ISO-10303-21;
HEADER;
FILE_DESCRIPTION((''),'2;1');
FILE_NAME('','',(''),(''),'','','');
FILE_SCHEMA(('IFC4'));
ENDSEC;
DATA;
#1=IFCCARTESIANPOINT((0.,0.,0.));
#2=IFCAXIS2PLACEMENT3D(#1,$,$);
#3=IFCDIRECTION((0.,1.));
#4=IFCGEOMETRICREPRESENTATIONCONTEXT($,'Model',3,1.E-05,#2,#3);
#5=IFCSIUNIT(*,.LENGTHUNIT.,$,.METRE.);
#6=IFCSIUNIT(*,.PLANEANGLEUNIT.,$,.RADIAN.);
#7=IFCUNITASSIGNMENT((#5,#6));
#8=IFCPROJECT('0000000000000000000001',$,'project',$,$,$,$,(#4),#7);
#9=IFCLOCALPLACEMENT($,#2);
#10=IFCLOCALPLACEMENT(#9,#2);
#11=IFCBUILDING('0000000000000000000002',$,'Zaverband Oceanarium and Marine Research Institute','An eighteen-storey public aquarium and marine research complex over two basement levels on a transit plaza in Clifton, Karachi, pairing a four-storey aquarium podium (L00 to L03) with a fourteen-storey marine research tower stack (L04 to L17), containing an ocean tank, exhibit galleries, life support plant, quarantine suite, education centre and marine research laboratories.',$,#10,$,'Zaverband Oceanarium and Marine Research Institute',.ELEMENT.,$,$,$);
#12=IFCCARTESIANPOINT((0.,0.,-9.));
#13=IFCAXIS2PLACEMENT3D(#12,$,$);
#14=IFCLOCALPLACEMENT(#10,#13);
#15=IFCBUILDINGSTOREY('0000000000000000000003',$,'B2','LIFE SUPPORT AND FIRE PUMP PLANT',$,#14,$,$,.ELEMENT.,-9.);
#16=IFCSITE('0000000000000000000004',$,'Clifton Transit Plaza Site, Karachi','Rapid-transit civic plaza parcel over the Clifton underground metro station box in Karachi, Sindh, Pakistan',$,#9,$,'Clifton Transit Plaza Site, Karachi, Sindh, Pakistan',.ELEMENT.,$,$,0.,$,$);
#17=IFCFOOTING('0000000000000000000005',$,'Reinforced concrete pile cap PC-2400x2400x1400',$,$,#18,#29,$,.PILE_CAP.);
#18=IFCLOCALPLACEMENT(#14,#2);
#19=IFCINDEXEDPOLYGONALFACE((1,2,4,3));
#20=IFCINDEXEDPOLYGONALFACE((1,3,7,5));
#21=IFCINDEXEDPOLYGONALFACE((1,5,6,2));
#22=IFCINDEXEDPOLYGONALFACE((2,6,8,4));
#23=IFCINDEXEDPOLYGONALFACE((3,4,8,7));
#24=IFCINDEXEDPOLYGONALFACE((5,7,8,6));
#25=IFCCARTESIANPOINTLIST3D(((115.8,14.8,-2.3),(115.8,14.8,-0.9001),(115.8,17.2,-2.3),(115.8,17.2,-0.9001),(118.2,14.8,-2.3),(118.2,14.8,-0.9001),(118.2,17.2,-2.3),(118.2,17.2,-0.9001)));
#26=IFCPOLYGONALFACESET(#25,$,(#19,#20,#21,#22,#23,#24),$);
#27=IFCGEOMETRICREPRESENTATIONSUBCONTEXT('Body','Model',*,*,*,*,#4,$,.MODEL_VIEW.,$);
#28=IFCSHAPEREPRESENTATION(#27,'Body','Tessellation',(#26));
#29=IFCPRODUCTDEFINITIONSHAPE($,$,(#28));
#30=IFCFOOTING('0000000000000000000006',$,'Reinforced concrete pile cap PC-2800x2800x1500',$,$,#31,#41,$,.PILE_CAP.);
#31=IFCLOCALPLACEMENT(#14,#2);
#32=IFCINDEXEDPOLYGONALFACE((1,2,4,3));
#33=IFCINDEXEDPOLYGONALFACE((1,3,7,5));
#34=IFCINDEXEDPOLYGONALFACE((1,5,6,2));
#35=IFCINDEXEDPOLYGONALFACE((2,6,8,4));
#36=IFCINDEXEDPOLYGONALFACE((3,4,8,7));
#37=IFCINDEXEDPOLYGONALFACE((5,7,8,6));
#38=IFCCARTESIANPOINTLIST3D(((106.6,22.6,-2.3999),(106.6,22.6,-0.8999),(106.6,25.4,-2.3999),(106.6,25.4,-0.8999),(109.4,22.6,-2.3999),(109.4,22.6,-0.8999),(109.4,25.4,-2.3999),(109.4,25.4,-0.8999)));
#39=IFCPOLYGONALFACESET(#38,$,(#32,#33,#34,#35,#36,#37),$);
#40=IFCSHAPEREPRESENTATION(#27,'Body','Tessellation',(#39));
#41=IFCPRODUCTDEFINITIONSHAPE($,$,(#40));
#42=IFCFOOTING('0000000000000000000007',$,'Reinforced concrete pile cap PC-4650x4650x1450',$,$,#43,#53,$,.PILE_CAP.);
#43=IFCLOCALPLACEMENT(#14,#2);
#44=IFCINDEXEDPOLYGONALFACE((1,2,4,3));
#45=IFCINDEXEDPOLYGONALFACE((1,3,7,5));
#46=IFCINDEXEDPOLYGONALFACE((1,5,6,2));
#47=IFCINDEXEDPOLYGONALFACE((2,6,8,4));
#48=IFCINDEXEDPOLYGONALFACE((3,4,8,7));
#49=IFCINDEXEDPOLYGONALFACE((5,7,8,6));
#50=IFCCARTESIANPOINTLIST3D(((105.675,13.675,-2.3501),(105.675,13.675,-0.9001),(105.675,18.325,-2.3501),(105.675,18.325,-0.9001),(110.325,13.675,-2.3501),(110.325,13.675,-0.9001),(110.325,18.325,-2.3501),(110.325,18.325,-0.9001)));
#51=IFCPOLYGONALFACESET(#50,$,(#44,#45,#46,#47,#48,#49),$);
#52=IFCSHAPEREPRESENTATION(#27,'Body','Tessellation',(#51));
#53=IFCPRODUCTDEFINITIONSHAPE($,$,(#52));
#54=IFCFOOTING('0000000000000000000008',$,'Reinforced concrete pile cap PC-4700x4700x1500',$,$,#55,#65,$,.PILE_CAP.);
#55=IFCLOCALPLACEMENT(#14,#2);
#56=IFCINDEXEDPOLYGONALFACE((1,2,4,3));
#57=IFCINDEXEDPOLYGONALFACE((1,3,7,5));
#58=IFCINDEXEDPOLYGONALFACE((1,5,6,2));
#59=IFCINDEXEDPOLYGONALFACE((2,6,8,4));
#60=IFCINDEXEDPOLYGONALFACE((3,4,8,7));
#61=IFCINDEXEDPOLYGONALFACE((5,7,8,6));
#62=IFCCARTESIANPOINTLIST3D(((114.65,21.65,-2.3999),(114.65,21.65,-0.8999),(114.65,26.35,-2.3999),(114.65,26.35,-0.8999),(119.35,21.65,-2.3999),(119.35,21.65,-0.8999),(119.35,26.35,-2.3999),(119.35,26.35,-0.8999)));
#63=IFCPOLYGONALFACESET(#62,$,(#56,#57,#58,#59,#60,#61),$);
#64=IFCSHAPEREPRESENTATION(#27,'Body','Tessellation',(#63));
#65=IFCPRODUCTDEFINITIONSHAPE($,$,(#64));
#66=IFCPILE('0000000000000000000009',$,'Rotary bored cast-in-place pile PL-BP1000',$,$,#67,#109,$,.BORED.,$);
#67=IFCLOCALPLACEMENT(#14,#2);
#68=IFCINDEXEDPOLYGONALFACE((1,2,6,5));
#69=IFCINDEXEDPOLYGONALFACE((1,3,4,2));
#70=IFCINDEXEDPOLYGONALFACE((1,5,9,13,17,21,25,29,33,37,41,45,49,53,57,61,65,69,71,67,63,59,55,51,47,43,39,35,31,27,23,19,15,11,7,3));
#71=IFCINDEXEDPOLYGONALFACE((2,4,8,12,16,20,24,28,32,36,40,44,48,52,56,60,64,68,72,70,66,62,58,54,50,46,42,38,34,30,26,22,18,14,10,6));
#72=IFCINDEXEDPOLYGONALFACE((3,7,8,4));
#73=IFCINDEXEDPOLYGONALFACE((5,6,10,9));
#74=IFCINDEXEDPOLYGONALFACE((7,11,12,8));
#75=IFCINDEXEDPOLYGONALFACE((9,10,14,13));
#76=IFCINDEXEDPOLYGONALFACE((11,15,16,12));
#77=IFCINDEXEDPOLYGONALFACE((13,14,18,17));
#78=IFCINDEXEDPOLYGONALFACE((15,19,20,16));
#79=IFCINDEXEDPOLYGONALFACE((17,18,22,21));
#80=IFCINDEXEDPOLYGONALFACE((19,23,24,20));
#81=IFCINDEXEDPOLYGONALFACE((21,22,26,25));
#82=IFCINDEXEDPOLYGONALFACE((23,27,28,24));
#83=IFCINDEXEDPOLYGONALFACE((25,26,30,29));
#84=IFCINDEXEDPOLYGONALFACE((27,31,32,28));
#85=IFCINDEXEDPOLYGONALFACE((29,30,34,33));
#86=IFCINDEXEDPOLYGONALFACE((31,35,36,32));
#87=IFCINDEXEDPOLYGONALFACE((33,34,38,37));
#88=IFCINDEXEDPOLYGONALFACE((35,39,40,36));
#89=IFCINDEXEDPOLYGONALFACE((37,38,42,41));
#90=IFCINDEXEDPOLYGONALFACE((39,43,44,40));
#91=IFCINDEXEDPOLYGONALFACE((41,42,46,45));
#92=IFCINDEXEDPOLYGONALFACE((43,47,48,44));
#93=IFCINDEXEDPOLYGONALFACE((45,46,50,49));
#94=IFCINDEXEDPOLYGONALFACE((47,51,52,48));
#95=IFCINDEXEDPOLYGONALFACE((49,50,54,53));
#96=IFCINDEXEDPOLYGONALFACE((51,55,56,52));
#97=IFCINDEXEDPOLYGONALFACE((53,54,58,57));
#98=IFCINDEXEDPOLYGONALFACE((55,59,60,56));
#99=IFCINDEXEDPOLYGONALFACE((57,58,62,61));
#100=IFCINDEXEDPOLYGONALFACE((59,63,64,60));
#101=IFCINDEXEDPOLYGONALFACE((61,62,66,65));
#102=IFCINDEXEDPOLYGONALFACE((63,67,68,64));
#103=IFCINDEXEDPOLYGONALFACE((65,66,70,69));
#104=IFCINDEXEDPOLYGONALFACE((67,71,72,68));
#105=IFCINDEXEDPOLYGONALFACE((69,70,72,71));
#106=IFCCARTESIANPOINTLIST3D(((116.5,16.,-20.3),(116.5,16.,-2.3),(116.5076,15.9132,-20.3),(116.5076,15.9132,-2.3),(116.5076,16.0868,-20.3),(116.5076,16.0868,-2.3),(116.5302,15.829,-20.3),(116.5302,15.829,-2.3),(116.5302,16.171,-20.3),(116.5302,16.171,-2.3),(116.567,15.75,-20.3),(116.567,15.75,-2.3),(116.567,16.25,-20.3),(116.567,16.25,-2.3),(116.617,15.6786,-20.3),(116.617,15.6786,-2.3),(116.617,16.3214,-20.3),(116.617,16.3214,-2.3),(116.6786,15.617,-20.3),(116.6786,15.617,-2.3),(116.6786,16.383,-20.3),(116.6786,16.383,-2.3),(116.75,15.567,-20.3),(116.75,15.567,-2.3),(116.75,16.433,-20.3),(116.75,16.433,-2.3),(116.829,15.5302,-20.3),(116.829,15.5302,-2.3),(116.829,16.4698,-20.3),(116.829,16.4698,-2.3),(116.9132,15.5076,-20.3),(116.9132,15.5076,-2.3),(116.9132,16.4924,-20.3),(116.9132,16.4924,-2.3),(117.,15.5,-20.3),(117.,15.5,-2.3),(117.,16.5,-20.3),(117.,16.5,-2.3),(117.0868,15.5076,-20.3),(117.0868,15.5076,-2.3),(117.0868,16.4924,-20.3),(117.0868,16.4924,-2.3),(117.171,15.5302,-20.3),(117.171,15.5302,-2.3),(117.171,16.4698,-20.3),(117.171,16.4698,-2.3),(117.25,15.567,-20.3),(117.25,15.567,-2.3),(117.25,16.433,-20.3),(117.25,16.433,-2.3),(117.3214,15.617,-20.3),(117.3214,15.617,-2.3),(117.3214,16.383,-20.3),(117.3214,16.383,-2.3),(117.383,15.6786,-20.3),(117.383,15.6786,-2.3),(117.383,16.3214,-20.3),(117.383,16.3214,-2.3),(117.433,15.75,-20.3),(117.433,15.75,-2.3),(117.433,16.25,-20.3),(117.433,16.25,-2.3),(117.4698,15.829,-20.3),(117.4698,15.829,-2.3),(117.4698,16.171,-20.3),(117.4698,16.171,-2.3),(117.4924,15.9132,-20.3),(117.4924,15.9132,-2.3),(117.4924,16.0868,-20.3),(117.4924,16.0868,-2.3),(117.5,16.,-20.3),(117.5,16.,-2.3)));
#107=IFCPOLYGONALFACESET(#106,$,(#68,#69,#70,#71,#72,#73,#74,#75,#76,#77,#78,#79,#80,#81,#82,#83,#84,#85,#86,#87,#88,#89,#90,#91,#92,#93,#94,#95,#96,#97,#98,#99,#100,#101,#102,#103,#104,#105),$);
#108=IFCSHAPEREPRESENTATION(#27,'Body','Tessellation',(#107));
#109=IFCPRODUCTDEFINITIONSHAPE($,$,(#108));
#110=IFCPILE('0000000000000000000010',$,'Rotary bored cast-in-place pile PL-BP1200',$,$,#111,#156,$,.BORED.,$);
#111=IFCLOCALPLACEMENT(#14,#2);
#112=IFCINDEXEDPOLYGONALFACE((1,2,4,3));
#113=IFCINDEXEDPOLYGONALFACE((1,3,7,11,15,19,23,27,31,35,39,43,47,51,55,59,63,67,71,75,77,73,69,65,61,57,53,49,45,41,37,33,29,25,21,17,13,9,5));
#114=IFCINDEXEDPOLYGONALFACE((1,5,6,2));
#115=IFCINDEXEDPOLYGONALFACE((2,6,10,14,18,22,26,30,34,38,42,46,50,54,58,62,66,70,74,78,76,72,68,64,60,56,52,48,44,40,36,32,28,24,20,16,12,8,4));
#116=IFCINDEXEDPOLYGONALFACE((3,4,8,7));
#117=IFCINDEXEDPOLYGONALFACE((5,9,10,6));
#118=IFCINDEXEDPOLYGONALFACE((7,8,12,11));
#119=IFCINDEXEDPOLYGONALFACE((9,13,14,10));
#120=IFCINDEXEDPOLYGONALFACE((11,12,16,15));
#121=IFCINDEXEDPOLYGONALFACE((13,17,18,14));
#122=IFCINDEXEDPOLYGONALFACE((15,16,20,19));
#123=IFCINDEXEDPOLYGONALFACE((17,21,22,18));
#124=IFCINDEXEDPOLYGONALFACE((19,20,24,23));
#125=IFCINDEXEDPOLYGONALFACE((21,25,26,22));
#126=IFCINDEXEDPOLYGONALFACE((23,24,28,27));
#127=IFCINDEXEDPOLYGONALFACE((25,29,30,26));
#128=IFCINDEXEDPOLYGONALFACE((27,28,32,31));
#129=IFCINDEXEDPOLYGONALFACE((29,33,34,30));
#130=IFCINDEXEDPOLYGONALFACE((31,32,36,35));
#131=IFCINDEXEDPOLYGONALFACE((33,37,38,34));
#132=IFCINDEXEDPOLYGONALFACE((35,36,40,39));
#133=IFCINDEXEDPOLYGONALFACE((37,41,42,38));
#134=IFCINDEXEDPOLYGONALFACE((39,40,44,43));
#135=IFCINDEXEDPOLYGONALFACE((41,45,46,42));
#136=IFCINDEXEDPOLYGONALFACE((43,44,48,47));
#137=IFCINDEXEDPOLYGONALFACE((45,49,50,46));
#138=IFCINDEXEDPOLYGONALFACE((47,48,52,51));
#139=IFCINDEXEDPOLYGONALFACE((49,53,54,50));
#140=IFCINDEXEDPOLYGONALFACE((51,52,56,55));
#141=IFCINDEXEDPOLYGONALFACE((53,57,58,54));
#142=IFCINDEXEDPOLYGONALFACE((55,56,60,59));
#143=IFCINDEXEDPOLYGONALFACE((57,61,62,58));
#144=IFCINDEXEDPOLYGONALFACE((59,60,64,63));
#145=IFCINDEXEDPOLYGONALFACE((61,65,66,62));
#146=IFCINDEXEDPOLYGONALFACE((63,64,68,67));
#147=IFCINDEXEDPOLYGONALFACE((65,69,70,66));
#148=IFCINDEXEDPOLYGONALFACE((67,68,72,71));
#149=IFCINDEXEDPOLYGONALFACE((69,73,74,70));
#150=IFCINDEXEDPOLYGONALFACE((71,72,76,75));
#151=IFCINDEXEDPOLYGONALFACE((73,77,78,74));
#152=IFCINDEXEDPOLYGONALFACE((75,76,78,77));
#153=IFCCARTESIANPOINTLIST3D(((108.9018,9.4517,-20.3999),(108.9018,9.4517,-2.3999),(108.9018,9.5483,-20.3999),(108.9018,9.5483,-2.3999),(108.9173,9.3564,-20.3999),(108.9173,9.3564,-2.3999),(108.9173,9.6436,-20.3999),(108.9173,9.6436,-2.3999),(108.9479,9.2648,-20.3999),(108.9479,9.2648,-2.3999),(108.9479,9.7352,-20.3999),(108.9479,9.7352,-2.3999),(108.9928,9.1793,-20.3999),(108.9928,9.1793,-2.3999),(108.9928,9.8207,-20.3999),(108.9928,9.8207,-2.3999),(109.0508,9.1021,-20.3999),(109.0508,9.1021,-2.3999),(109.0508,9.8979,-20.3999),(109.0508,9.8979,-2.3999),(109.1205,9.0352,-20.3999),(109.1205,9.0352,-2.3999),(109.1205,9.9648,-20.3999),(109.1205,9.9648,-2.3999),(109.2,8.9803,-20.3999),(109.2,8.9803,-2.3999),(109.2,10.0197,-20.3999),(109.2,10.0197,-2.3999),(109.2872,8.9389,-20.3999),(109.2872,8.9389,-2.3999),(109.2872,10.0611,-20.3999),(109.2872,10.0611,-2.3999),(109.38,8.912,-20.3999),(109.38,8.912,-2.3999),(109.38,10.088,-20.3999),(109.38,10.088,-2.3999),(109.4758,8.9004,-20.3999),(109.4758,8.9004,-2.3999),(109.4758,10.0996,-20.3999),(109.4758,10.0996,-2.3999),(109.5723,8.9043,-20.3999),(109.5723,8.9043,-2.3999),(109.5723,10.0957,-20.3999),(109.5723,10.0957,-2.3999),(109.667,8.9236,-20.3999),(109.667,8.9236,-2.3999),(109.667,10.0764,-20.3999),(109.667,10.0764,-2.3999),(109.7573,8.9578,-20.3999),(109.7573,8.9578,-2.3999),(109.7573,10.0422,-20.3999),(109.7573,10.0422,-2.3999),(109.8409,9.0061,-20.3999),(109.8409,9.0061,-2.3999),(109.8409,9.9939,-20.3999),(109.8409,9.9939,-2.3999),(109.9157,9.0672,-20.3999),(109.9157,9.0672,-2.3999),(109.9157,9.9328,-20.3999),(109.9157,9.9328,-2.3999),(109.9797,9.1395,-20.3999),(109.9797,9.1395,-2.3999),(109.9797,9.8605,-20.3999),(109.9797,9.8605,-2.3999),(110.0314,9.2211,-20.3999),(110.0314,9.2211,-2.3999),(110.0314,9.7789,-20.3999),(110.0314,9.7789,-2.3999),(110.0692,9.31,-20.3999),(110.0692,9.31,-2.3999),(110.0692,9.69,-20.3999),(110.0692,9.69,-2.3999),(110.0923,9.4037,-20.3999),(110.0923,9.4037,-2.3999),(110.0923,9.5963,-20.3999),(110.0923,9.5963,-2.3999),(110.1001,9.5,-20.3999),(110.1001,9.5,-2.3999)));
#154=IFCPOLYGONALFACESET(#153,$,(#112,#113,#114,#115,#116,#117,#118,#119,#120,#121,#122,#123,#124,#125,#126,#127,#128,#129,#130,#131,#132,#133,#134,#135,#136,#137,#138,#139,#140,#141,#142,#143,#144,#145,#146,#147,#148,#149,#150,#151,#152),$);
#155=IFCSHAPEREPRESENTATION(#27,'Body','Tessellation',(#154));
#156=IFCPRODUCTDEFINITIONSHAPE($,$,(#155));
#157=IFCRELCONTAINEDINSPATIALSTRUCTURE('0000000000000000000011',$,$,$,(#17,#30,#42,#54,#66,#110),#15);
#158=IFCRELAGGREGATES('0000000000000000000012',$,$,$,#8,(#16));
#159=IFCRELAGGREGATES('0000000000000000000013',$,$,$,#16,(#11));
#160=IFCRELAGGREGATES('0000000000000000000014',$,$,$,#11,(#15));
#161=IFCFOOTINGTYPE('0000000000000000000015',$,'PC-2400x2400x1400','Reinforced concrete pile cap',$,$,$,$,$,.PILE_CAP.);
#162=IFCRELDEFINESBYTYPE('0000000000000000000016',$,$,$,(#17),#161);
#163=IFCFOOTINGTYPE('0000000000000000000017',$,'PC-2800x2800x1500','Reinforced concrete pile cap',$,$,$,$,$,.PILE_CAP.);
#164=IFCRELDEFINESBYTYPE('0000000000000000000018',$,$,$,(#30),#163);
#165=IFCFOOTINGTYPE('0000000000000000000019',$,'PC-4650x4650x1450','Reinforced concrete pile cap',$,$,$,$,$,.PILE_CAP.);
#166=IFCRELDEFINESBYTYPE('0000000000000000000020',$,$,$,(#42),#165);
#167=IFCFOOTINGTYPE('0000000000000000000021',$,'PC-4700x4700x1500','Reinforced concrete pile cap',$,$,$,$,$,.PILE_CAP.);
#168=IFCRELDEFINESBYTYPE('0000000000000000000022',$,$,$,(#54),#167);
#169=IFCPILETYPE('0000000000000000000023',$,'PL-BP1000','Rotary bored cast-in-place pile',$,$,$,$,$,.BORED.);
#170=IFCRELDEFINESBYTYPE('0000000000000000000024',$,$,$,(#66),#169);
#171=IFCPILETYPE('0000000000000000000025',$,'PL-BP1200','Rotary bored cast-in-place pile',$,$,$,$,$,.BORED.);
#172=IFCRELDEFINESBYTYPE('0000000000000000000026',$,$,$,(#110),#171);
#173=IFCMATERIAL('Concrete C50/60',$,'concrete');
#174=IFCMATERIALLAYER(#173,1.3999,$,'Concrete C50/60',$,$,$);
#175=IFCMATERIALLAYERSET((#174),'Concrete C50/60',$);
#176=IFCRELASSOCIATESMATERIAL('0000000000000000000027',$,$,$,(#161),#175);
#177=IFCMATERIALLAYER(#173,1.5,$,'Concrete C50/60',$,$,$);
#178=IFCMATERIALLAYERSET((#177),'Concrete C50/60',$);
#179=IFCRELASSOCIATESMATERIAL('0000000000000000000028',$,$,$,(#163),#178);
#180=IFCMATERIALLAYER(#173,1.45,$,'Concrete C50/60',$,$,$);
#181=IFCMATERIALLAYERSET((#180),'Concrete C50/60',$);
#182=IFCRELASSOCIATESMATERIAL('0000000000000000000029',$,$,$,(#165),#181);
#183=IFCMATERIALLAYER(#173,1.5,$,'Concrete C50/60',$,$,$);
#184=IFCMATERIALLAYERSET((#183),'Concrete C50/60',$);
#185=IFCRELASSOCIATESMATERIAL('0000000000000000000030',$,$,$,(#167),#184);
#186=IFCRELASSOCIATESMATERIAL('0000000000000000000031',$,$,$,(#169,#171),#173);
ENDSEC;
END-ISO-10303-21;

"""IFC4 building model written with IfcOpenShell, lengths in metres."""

from ifc_helpers import new_model, si_unit, direction, frame, origin, origin_2d, place, context, subcontext, project, spatial, rectangle, circle, extrude, material, layer, layer_set, material_profile, profile_set, type_object, element, save


model = new_model("IFC4")

# Units and contexts
model_context = context("Model", 3, precision=1e-05, world=origin(), true_north=direction((0.0, 1.0)))
body_context = subcontext(model_context, "Body", "Model", "MODEL_VIEW")
ifc_project = project(units=[si_unit("LENGTHUNIT", "METRE"), si_unit("PLANEANGLEUNIT", "RADIAN")], contexts=[model_context])

# Site, building, storey
site_placement = place(None, origin())
site = spatial("IfcSite", under=ifc_project, at=site_placement, Name="Clifton Transit Plaza Site, Karachi", Description="Rapid-transit civic plaza parcel over the Clifton underground metro station box in Karachi, Sindh, Pakistan", LongName="Clifton Transit Plaza Site, Karachi, Sindh, Pakistan", CompositionType="ELEMENT", RefElevation=0.0)
building_placement = place(site_placement, origin())
building = spatial("IfcBuilding", under=site, at=building_placement, Name="Zaverband Oceanarium and Marine Research Institute", Description="An eighteen-storey public aquarium and marine research complex over two basement levels on a transit plaza in Clifton, Karachi, pairing a four-storey aquarium podium (L00 to L03) with a fourteen-storey marine research tower stack (L04 to L17), containing an ocean tank, exhibit galleries, life support plant, quarantine suite, education centre and marine research laboratories.", LongName="Zaverband Oceanarium and Marine Research Institute", CompositionType="ELEMENT")
storey_placement = place(building_placement, frame((0.0, 0.0, -9.0)))
storey = spatial("IfcBuildingStorey", under=building, at=storey_placement, Name="B2", Description="LIFE SUPPORT AND FIRE PUMP PLANT", CompositionType="ELEMENT", Elevation=-9.0)

# Footings
ifc_material_1 = material(Name="Concrete C50/60", Category="concrete")
ifc_layer_1 = layer(ifc_material_1, 1.3999, Name="Concrete C50/60")
ifc_layer_set_1 = layer_set([ifc_layer_1], Name="Concrete C50/60")
footing_type_1 = type_object("IfcFootingType", Name="PC-2400x2400x1400", Description="Reinforced concrete pile cap", PredefinedType="PILE_CAP", material=ifc_layer_set_1)
footing_1_placement = place(storey_placement, frame((117.0, 16.0, -2.3), z_axis=(0.0, 0.0, 1.0), x_axis=(1.0, 0.0, 0.0)))
element("IfcFooting", 1, at=footing_1_placement, inside=storey, type_object=footing_type_1, Name="Reinforced concrete pile cap PC-2400x2400x1400", PredefinedType="PILE_CAP", context=body_context, shape_type="SweptSolid", body=[
    extrude(rectangle(XDim=2.3999, YDim=2.3999, at=origin_2d()), origin(), (0.0, 0.0, 1.0), 1.3999),
])
ifc_layer_2 = layer(ifc_material_1, 1.5, Name="Concrete C50/60")
ifc_layer_set_2 = layer_set([ifc_layer_2], Name="Concrete C50/60")
footing_type_2 = type_object("IfcFootingType", Name="PC-2800x2800x1500", Description="Reinforced concrete pile cap", PredefinedType="PILE_CAP", material=ifc_layer_set_2)
footing_2_placement = place(storey_placement, frame((108.0, 24.0, -2.3999), z_axis=(0.0, 0.0, 1.0), x_axis=(1.0, 0.0, 0.0)))
element("IfcFooting", 2, at=footing_2_placement, inside=storey, type_object=footing_type_2, Name="Reinforced concrete pile cap PC-2800x2800x1500", PredefinedType="PILE_CAP", context=body_context, shape_type="SweptSolid", body=[
    extrude(rectangle(XDim=2.8, YDim=2.8, at=origin_2d()), origin(), (0.0, 0.0, 1.0), 1.5),
])
ifc_layer_3 = layer(ifc_material_1, 1.45, Name="Concrete C50/60")
ifc_layer_set_3 = layer_set([ifc_layer_3], Name="Concrete C50/60")
footing_type_3 = type_object("IfcFootingType", Name="PC-4650x4650x1450", Description="Reinforced concrete pile cap", PredefinedType="PILE_CAP", material=ifc_layer_set_3)
footing_3_placement = place(storey_placement, frame((108.0, 16.0, -2.3501), z_axis=(0.0, 0.0, 1.0), x_axis=(1.0, 0.0, 0.0)))
element("IfcFooting", 3, at=footing_3_placement, inside=storey, type_object=footing_type_3, Name="Reinforced concrete pile cap PC-4650x4650x1450", PredefinedType="PILE_CAP", context=body_context, shape_type="SweptSolid", body=[
    extrude(rectangle(XDim=4.6499, YDim=4.6499, at=origin_2d()), origin(), (0.0, 0.0, 1.0), 1.45),
])
ifc_layer_4 = layer(ifc_material_1, 1.5, Name="Concrete C50/60")
ifc_layer_set_4 = layer_set([ifc_layer_4], Name="Concrete C50/60")
footing_type_4 = type_object("IfcFootingType", Name="PC-4700x4700x1500", Description="Reinforced concrete pile cap", PredefinedType="PILE_CAP", material=ifc_layer_set_4)
footing_4_placement = place(storey_placement, frame((117.0, 24.0, -2.3999), z_axis=(0.0, 0.0, 1.0), x_axis=(1.0, 0.0, 0.0)))
element("IfcFooting", 4, at=footing_4_placement, inside=storey, type_object=footing_type_4, Name="Reinforced concrete pile cap PC-4700x4700x1500", PredefinedType="PILE_CAP", context=body_context, shape_type="SweptSolid", body=[
    extrude(rectangle(XDim=4.7, YDim=4.7, at=origin_2d()), origin(), (0.0, 0.0, 1.0), 1.5),
])

# Piles
ifc_material_profile_1 = material_profile(ifc_material_1, circle(Radius=0.5, at=origin_2d()), Name="BP1000")
ifc_profile_set_1 = profile_set([ifc_material_profile_1], Name="Concrete C50/60")
pile_type_1 = type_object("IfcPileType", Name="PL-BP1000", Description="Rotary bored cast-in-place pile", PredefinedType="BORED", material=ifc_profile_set_1)
pile_placement = place(storey_placement, frame((117.0, 16.0, -2.3), z_axis=(0.0, 0.0, -1.0), x_axis=(1.0, 0.0, 0.0)))
element("IfcPile", 5, at=pile_placement, inside=storey, type_object=pile_type_1, Name="Rotary bored cast-in-place pile PL-BP1000", PredefinedType="BORED", context=body_context, shape_type="SweptSolid", body=[
    extrude(circle(Radius=0.5, at=origin_2d()), origin(), (0.0, 0.0, 1.0), 18.0),
])
ifc_material_profile_2 = material_profile(ifc_material_1, circle(Radius=0.6001, at=origin_2d()), Name="BP1200")
ifc_profile_set_2 = profile_set([ifc_material_profile_2], Name="Concrete C50/60")
pile_type_2 = type_object("IfcPileType", Name="PL-BP1200", Description="Rotary bored cast-in-place pile", PredefinedType="BORED", material=ifc_profile_set_2)
for number, where, z_axis, x_axis, name in (
    (6, (109.5, 9.5, -2.3999), (0.0, 0.0, -1.0), (1.0, 0.0, 0.0), "Rotary bored cast-in-place pile PL-BP1200"),
):
    element("IfcPile", number, at=place(storey_placement, frame(where, z_axis=z_axis, x_axis=x_axis)), inside=storey, type_object=pile_type_2, Name=name, PredefinedType="BORED", context=body_context, shape_type="SweptSolid", body=[
        extrude(circle(Radius=0.6001, at=origin_2d()), origin(), (0.0, 0.0, 1.0), 18.0),
    ])

save(model, "model.ifc")
